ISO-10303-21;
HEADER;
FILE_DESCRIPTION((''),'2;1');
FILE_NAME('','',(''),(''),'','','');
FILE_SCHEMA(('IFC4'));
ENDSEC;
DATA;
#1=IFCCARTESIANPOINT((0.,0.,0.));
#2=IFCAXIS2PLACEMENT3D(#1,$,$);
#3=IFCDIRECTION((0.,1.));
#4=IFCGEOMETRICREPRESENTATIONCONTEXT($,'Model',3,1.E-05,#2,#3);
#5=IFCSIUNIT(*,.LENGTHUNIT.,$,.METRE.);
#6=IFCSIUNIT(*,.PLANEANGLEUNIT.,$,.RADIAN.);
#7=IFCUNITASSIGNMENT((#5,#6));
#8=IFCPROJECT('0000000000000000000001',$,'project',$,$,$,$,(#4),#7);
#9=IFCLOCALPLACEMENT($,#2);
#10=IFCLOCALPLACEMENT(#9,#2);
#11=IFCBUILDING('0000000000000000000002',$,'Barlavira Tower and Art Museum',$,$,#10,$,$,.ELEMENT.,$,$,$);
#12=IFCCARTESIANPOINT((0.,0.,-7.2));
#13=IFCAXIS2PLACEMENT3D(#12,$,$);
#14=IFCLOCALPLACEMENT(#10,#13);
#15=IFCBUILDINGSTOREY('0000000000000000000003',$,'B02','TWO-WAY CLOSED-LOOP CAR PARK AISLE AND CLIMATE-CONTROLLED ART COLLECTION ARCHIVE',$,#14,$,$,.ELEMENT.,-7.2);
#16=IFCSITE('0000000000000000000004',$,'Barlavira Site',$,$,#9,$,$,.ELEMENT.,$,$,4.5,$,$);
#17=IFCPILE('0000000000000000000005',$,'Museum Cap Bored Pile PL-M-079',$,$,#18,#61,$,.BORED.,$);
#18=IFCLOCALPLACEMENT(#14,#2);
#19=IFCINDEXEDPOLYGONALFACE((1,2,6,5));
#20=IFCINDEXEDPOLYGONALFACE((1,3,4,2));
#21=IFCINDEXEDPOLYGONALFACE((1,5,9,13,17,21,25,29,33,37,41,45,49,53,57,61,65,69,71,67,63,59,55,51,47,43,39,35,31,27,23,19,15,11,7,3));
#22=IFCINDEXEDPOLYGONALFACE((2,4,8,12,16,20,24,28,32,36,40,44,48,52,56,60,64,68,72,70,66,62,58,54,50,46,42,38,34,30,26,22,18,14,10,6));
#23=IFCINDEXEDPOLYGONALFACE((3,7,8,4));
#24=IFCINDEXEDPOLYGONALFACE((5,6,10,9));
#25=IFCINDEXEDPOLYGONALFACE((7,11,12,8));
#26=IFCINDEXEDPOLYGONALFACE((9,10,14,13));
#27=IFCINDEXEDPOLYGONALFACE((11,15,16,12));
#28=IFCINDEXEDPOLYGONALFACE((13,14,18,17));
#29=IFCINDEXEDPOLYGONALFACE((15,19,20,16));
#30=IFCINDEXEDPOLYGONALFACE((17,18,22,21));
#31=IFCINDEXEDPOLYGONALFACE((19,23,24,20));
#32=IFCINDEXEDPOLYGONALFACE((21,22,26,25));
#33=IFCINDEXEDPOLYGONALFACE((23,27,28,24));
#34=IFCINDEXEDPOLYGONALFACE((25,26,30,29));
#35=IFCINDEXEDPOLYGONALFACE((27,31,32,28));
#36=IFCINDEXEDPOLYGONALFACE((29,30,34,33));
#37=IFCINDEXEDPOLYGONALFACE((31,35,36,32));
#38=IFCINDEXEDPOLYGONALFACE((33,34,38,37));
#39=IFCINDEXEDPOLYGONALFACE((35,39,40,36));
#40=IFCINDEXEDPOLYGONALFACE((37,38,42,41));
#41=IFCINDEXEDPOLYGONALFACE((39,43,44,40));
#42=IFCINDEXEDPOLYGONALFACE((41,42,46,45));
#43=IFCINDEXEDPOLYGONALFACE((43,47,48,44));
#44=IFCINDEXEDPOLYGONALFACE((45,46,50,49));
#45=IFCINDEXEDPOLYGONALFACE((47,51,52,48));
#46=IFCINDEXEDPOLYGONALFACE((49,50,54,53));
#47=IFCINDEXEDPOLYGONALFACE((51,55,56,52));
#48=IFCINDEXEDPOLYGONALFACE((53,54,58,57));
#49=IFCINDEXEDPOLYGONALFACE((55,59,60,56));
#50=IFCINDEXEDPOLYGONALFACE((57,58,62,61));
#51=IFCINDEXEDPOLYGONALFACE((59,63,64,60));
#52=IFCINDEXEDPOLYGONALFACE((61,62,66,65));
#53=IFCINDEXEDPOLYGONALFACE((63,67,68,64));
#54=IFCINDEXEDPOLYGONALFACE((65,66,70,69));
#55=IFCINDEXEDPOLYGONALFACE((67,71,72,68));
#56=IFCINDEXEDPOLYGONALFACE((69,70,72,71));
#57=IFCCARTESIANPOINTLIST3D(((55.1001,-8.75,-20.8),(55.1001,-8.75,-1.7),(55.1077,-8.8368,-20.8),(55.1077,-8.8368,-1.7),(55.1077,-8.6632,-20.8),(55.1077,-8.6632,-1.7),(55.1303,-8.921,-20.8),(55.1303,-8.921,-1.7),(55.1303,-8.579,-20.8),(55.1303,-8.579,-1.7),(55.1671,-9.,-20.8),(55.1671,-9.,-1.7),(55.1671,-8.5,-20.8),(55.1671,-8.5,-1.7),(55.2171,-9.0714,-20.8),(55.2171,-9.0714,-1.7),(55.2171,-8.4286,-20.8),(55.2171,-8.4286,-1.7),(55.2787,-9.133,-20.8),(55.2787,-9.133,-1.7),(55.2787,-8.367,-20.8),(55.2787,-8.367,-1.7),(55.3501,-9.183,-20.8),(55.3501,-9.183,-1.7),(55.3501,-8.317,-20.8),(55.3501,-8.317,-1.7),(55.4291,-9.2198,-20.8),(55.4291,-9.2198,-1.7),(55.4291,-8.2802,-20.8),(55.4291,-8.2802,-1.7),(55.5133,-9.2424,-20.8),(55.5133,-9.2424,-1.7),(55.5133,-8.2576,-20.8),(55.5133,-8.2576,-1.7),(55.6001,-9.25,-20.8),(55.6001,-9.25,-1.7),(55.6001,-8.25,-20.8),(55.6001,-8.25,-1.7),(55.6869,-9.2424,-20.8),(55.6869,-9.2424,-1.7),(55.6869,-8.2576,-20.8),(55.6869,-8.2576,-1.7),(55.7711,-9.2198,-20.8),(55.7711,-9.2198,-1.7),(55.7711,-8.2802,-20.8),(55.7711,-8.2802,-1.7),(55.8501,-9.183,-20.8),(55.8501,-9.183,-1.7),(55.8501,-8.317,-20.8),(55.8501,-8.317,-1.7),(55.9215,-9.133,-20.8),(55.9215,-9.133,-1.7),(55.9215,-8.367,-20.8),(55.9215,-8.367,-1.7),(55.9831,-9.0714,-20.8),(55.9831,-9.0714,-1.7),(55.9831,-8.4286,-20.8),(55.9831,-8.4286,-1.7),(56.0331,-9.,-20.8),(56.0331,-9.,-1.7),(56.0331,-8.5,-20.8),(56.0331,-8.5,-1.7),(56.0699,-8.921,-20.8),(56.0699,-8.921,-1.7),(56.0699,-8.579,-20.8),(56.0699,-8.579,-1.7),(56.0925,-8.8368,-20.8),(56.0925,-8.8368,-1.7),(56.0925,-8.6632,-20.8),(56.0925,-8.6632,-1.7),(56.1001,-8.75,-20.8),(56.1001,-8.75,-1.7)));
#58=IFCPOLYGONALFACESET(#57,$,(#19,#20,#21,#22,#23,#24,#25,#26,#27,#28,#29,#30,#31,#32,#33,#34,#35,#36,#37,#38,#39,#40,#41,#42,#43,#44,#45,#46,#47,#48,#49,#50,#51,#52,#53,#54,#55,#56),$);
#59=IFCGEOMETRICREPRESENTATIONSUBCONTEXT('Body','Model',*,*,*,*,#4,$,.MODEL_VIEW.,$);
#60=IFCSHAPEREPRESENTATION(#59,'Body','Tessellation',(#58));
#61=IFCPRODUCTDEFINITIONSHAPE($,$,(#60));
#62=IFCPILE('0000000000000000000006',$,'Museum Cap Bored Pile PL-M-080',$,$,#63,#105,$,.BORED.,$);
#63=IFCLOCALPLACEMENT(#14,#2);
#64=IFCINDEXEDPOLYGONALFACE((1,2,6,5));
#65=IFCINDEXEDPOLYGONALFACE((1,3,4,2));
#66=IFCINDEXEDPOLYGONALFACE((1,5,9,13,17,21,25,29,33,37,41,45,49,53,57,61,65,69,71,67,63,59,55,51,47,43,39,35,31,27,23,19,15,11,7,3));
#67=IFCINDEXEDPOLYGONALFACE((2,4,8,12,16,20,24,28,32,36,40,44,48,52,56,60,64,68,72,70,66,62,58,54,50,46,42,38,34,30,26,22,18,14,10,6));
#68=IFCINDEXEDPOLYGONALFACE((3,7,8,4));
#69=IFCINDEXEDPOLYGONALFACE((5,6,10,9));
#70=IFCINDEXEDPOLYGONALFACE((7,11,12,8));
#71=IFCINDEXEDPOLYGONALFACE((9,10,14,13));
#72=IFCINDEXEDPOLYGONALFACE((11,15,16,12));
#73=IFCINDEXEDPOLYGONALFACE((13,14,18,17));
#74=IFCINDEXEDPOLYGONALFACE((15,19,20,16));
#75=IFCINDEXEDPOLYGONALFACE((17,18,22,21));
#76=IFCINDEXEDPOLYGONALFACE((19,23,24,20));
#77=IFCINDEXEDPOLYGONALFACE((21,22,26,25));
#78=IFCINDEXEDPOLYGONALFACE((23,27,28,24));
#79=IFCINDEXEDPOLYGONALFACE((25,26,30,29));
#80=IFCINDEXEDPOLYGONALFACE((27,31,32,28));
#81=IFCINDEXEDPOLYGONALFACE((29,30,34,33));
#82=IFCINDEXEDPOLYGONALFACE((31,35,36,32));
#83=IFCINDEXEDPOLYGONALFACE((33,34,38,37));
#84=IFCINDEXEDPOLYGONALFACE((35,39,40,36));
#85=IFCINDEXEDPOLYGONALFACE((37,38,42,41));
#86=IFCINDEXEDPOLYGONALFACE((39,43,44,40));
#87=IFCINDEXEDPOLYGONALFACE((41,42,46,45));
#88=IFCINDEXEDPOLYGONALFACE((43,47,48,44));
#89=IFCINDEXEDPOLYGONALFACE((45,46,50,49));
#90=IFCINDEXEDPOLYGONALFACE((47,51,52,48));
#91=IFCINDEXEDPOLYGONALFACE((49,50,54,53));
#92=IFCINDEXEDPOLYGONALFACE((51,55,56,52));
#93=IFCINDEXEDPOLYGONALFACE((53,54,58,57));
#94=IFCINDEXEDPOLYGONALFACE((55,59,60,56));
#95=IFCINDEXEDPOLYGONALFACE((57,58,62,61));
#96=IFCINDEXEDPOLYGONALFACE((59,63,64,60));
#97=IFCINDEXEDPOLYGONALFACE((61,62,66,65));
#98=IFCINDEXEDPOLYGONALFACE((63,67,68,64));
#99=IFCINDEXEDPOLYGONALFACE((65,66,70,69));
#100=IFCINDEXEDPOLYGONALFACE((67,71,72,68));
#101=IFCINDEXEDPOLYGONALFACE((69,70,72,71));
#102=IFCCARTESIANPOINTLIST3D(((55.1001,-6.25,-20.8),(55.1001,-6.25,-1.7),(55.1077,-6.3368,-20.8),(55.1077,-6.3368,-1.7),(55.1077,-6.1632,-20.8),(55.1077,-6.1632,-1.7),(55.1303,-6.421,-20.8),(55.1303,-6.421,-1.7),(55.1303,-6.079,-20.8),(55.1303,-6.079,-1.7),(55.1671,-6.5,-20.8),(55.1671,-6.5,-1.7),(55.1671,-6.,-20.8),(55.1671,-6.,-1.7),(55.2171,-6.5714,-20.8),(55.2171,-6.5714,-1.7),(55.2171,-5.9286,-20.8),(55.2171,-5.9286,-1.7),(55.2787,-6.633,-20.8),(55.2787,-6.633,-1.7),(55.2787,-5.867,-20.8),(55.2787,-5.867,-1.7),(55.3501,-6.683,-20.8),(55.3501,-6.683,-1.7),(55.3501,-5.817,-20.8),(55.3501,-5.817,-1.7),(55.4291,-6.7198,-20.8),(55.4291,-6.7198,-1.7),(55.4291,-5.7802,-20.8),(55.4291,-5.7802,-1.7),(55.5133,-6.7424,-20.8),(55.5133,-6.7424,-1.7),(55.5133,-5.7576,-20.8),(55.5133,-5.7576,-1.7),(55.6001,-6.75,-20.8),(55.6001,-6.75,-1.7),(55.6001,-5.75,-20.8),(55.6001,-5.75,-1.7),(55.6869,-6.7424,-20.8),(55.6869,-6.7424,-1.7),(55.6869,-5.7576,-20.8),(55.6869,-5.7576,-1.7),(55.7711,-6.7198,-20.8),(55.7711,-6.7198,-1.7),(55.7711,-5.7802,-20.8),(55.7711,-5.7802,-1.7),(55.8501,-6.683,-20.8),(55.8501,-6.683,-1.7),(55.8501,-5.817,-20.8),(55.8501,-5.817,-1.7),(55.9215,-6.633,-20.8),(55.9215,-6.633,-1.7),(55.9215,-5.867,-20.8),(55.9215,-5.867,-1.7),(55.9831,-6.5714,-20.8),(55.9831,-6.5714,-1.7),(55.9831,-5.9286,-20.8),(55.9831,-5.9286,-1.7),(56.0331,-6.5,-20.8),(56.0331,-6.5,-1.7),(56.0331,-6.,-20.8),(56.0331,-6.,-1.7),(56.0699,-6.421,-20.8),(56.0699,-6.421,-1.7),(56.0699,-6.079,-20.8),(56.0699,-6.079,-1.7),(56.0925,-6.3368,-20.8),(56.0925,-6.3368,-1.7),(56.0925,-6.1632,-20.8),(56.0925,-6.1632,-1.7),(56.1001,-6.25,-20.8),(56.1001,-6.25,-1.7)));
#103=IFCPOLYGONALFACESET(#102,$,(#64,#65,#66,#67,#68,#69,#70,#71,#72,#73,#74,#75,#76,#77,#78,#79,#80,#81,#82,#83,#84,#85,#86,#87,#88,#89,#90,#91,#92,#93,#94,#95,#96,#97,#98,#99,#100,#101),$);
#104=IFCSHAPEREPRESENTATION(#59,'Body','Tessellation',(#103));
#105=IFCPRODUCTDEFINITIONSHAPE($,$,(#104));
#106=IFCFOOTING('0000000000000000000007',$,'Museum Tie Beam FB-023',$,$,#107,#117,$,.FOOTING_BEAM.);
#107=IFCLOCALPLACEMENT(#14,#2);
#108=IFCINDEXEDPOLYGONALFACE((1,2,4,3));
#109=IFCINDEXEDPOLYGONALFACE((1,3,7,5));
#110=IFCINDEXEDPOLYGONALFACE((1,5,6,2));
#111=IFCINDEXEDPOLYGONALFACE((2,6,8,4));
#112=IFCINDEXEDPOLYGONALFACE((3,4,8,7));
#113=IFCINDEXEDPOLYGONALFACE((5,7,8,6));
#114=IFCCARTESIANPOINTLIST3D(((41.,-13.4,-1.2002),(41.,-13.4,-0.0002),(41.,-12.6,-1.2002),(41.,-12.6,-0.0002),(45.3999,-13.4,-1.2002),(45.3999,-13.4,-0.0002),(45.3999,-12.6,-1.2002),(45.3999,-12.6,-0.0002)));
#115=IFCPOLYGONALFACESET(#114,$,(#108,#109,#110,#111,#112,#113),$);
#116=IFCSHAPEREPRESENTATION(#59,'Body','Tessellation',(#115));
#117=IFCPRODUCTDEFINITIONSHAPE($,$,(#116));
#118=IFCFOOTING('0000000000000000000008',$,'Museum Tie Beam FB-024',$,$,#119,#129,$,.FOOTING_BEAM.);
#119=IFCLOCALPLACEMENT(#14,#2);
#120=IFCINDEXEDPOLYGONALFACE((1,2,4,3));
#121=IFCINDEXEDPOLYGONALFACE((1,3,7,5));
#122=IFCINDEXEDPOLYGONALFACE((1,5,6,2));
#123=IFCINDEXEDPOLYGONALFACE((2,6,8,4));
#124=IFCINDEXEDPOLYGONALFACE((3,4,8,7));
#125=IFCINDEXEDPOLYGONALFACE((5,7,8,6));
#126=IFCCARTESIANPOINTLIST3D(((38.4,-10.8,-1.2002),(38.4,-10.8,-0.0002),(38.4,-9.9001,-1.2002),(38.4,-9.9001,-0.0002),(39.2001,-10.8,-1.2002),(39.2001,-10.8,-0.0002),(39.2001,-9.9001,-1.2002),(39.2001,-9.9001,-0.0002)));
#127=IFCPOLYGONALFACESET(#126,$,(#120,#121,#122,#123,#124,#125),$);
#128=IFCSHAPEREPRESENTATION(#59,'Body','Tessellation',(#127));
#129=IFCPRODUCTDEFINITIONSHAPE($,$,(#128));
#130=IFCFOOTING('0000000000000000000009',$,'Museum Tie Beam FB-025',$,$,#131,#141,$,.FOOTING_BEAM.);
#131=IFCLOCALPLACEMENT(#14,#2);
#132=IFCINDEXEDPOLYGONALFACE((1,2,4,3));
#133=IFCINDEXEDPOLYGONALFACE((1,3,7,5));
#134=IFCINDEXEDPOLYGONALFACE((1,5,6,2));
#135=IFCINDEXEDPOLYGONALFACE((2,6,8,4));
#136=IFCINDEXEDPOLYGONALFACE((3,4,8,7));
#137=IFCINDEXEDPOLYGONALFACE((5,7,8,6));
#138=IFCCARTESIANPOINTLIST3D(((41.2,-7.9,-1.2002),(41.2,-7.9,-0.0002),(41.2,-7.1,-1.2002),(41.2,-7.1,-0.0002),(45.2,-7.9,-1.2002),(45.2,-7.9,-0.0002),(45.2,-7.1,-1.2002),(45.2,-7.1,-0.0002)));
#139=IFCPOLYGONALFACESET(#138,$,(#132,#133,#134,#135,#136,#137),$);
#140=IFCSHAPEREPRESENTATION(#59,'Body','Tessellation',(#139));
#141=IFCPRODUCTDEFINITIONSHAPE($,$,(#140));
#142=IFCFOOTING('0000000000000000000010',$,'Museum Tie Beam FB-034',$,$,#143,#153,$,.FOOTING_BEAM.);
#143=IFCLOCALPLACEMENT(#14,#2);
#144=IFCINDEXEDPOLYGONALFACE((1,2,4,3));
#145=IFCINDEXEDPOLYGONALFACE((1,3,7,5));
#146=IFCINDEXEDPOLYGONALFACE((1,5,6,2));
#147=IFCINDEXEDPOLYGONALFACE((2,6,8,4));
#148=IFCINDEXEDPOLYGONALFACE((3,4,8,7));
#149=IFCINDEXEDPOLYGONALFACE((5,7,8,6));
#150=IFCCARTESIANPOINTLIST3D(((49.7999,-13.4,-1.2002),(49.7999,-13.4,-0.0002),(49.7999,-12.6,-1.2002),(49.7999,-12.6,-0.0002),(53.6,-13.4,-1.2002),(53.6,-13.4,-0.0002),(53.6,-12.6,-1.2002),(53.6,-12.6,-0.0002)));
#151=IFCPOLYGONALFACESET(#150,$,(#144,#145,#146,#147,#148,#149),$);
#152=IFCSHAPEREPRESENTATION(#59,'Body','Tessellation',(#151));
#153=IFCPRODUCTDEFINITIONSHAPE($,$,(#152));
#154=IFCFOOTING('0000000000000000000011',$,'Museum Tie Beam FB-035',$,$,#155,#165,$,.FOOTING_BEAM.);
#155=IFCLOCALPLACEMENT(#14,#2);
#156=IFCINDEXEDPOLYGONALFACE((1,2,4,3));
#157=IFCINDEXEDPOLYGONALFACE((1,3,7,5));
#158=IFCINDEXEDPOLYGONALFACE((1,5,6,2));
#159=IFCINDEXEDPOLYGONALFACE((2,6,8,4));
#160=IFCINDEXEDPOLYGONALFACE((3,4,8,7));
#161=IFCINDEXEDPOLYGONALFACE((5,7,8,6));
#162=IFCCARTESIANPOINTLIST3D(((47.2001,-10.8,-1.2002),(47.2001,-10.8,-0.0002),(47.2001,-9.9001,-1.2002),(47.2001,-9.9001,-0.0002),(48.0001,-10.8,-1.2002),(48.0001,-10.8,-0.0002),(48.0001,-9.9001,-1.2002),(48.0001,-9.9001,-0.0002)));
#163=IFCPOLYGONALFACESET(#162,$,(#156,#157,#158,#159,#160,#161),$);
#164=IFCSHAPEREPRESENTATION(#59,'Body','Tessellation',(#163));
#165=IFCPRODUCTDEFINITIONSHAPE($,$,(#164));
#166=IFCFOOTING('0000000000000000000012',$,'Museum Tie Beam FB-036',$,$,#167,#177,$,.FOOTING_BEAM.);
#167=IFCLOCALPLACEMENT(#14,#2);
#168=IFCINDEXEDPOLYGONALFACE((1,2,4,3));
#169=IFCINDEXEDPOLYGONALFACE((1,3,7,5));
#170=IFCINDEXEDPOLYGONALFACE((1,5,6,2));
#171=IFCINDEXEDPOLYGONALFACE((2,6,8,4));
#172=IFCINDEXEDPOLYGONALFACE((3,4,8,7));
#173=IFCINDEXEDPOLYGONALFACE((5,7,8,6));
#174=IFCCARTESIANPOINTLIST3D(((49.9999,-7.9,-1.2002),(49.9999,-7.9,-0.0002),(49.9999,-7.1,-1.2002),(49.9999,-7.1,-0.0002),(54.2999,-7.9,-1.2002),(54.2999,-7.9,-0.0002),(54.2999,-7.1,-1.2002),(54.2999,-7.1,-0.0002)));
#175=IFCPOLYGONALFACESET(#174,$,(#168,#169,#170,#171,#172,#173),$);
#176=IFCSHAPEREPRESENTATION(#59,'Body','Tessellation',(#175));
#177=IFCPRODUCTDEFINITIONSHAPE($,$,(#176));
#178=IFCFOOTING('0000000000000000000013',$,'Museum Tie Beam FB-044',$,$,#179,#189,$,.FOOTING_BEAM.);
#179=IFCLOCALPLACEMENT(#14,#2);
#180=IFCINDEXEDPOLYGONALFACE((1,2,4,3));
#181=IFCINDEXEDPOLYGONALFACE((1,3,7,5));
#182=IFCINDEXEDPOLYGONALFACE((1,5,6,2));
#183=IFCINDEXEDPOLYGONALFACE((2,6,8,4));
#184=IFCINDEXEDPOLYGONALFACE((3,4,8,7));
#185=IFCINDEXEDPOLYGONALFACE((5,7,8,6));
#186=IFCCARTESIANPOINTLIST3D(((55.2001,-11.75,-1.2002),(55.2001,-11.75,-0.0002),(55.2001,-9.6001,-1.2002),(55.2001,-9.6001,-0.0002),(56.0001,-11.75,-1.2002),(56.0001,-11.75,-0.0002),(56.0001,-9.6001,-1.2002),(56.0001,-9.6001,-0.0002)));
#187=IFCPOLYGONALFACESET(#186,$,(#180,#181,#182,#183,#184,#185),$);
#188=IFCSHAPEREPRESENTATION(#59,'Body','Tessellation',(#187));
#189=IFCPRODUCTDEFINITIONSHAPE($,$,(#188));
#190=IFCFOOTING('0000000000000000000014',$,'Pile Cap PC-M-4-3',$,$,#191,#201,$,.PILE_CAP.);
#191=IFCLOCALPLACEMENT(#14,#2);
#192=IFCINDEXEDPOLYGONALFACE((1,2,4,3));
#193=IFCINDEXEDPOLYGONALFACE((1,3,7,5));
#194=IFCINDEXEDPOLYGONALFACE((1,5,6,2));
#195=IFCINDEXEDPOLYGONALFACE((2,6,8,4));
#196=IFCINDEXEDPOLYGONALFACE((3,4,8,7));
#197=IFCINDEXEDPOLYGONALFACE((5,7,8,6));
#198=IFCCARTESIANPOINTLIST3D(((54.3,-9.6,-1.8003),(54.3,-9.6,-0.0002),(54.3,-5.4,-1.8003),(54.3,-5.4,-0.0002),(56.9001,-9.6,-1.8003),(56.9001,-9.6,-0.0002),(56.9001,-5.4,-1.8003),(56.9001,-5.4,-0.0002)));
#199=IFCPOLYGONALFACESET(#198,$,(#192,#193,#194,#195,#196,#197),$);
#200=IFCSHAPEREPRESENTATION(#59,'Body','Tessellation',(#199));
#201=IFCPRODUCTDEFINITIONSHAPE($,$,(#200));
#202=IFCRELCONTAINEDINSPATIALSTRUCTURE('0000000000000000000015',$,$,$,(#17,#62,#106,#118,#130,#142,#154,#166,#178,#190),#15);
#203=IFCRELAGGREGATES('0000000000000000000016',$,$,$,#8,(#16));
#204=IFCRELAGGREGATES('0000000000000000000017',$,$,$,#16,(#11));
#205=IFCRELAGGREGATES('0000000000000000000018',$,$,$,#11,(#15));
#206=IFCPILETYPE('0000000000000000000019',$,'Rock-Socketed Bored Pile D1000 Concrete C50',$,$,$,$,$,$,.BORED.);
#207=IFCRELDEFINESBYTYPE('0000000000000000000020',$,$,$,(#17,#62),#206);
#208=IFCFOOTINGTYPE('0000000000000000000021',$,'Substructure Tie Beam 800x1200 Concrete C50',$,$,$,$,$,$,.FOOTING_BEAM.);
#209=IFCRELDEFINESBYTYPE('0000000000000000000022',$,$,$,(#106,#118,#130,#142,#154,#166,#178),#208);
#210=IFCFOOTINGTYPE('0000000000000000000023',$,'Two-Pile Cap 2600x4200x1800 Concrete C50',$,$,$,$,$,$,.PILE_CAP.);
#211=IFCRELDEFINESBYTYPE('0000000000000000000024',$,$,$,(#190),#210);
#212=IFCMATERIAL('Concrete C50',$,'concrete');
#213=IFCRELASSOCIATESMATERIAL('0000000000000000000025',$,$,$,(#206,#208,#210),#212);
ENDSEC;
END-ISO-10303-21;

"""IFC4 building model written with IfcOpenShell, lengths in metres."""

from ifc_helpers import new_model, si_unit, direction, frame, origin, origin_2d, place, context, subcontext, project, spatial, rectangle, circle, extrude, material, material_profile, profile_set, type_object, element, save


model = new_model("IFC4")

# Units and contexts
model_context = context("Model", 3, precision=1e-05, world=origin(), true_north=direction((0.0, 1.0)))
body_context = subcontext(model_context, "Body", "Model", "MODEL_VIEW")
ifc_project = project(units=[si_unit("LENGTHUNIT", "METRE"), si_unit("PLANEANGLEUNIT", "RADIAN")], contexts=[model_context])

# Site, building, storey
site_placement = place(None, origin())
site = spatial("IfcSite", under=ifc_project, at=site_placement, Name="Barlavira Site", CompositionType="ELEMENT", RefElevation=4.5)
building_placement = place(site_placement, origin())
building = spatial("IfcBuilding", under=site, at=building_placement, Name="Barlavira Tower and Art Museum", CompositionType="ELEMENT")
storey_placement = place(building_placement, frame((0.0, 0.0, -7.2)))
storey = spatial("IfcBuildingStorey", under=building, at=storey_placement, Name="B02", Description="TWO-WAY CLOSED-LOOP CAR PARK AISLE AND CLIMATE-CONTROLLED ART COLLECTION ARCHIVE", CompositionType="ELEMENT", Elevation=-7.2)

# Shared definitions
ifc_material_1 = material(Name="Concrete C50", Category="concrete")

# Piles
ifc_material_profile_1 = material_profile(ifc_material_1, circle(Radius=0.5, at=origin_2d()), Name="BORED PILE D1000")
ifc_profile_set_1 = profile_set([ifc_material_profile_1], Name="Concrete C50")
pile_type = type_object("IfcPileType", Name="Rock-Socketed Bored Pile D1000 Concrete C50", PredefinedType="BORED", material=ifc_profile_set_1)
for number, where, z_axis, x_axis, name in (
    (1, (55.6001, -8.75, -1.7), (0.0, 0.0, -1.0), (1.0, 0.0, 0.0), "Museum Cap Bored Pile PL-M-079"),
    (2, (55.6001, -6.25, -1.7), (0.0, 0.0, -1.0), (1.0, 0.0, 0.0), "Museum Cap Bored Pile PL-M-080"),
):
    element("IfcPile", number, at=place(storey_placement, frame(where, z_axis=z_axis, x_axis=x_axis)), inside=storey, type_object=pile_type, Name=name, PredefinedType="BORED", context=body_context, shape_type="SweptSolid", body=[
        extrude(circle(Radius=0.5, at=origin_2d()), origin(), (0.0, 0.0, 1.0), 19.1001),
    ])

# Footings
footing_type_1 = type_object("IfcFootingType", Name="Substructure Tie Beam 800x1200 Concrete C50", PredefinedType="FOOTING_BEAM", material=ifc_material_1)
footing_1_placement = place(storey_placement, frame((43.2, -13.0, -1.2002), z_axis=(0.0, 0.0, 1.0), x_axis=(1.0, 0.0, 0.0)))
element("IfcFooting", 3, at=footing_1_placement, inside=storey, type_object=footing_type_1, Name="Museum Tie Beam FB-023", PredefinedType="FOOTING_BEAM", context=body_context, shape_type="SweptSolid", body=[
    extrude(rectangle(XDim=4.3999, YDim=0.8, at=origin_2d()), origin(), (0.0, 0.0, 1.0), 1.2),
])
footing_2_placement = place(storey_placement, frame((38.8, -10.3501, -1.2002), z_axis=(0.0, 0.0, 1.0), x_axis=(1.0, 0.0, 0.0)))
element("IfcFooting", 4, at=footing_2_placement, inside=storey, type_object=footing_type_1, Name="Museum Tie Beam FB-024", PredefinedType="FOOTING_BEAM", context=body_context, shape_type="SweptSolid", body=[
    extrude(rectangle(XDim=0.8, YDim=0.8999, at=origin_2d()), origin(), (0.0, 0.0, 1.0), 1.2),
])
footing_3_placement = place(storey_placement, frame((43.2, -7.5, -1.2002), z_axis=(0.0, 0.0, 1.0), x_axis=(1.0, 0.0, 0.0)))
element("IfcFooting", 5, at=footing_3_placement, inside=storey, type_object=footing_type_1, Name="Museum Tie Beam FB-025", PredefinedType="FOOTING_BEAM", context=body_context, shape_type="SweptSolid", body=[
    extrude(rectangle(XDim=4.0, YDim=0.8, at=origin_2d()), origin(), (0.0, 0.0, 1.0), 1.2),
])
footing_4_placement = place(storey_placement, frame((51.7, -13.0, -1.2002), z_axis=(0.0, 0.0, 1.0), x_axis=(1.0, 0.0, 0.0)))
element("IfcFooting", 6, at=footing_4_placement, inside=storey, type_object=footing_type_1, Name="Museum Tie Beam FB-034", PredefinedType="FOOTING_BEAM", context=body_context, shape_type="SweptSolid", body=[
    extrude(rectangle(XDim=3.8, YDim=0.8, at=origin_2d()), origin(), (0.0, 0.0, 1.0), 1.2),
])
footing_5_placement = place(storey_placement, frame((47.6001, -10.3501, -1.2002), z_axis=(0.0, 0.0, 1.0), x_axis=(1.0, 0.0, 0.0)))
element("IfcFooting", 7, at=footing_5_placement, inside=storey, type_object=footing_type_1, Name="Museum Tie Beam FB-035", PredefinedType="FOOTING_BEAM", context=body_context, shape_type="SweptSolid", body=[
    extrude(rectangle(XDim=0.8, YDim=0.8999, at=origin_2d()), origin(), (0.0, 0.0, 1.0), 1.2),
])
footing_6_placement = place(storey_placement, frame((52.1499, -7.5, -1.2002), z_axis=(0.0, 0.0, 1.0), x_axis=(1.0, 0.0, 0.0)))
element("IfcFooting", 8, at=footing_6_placement, inside=storey, type_object=footing_type_1, Name="Museum Tie Beam FB-036", PredefinedType="FOOTING_BEAM", context=body_context, shape_type="SweptSolid", body=[
    extrude(rectangle(XDim=4.3, YDim=0.8, at=origin_2d()), origin(), (0.0, 0.0, 1.0), 1.2),
])
footing_7_placement = place(storey_placement, frame((55.6001, -10.675, -1.2002), z_axis=(0.0, 0.0, 1.0), x_axis=(1.0, 0.0, 0.0)))
element("IfcFooting", 9, at=footing_7_placement, inside=storey, type_object=footing_type_1, Name="Museum Tie Beam FB-044", PredefinedType="FOOTING_BEAM", context=body_context, shape_type="SweptSolid", body=[
    extrude(rectangle(XDim=0.8, YDim=2.1499, at=origin_2d()), origin(), (0.0, 0.0, 1.0), 1.2),
])
footing_type_2 = type_object("IfcFootingType", Name="Two-Pile Cap 2600x4200x1800 Concrete C50", PredefinedType="PILE_CAP", material=ifc_material_1)
footing_8_placement = place(storey_placement, frame((55.6001, -7.5, -1.8003), z_axis=(0.0, 0.0, 1.0), x_axis=(1.0, 0.0, 0.0)))
element("IfcFooting", 10, at=footing_8_placement, inside=storey, type_object=footing_type_2, Name="Pile Cap PC-M-4-3", PredefinedType="PILE_CAP", context=body_context, shape_type="SweptSolid", body=[
    extrude(rectangle(XDim=2.6001, YDim=4.2, at=origin_2d()), origin(), (0.0, 0.0, 1.0), 1.8),
])

save(model, "model.ifc")
